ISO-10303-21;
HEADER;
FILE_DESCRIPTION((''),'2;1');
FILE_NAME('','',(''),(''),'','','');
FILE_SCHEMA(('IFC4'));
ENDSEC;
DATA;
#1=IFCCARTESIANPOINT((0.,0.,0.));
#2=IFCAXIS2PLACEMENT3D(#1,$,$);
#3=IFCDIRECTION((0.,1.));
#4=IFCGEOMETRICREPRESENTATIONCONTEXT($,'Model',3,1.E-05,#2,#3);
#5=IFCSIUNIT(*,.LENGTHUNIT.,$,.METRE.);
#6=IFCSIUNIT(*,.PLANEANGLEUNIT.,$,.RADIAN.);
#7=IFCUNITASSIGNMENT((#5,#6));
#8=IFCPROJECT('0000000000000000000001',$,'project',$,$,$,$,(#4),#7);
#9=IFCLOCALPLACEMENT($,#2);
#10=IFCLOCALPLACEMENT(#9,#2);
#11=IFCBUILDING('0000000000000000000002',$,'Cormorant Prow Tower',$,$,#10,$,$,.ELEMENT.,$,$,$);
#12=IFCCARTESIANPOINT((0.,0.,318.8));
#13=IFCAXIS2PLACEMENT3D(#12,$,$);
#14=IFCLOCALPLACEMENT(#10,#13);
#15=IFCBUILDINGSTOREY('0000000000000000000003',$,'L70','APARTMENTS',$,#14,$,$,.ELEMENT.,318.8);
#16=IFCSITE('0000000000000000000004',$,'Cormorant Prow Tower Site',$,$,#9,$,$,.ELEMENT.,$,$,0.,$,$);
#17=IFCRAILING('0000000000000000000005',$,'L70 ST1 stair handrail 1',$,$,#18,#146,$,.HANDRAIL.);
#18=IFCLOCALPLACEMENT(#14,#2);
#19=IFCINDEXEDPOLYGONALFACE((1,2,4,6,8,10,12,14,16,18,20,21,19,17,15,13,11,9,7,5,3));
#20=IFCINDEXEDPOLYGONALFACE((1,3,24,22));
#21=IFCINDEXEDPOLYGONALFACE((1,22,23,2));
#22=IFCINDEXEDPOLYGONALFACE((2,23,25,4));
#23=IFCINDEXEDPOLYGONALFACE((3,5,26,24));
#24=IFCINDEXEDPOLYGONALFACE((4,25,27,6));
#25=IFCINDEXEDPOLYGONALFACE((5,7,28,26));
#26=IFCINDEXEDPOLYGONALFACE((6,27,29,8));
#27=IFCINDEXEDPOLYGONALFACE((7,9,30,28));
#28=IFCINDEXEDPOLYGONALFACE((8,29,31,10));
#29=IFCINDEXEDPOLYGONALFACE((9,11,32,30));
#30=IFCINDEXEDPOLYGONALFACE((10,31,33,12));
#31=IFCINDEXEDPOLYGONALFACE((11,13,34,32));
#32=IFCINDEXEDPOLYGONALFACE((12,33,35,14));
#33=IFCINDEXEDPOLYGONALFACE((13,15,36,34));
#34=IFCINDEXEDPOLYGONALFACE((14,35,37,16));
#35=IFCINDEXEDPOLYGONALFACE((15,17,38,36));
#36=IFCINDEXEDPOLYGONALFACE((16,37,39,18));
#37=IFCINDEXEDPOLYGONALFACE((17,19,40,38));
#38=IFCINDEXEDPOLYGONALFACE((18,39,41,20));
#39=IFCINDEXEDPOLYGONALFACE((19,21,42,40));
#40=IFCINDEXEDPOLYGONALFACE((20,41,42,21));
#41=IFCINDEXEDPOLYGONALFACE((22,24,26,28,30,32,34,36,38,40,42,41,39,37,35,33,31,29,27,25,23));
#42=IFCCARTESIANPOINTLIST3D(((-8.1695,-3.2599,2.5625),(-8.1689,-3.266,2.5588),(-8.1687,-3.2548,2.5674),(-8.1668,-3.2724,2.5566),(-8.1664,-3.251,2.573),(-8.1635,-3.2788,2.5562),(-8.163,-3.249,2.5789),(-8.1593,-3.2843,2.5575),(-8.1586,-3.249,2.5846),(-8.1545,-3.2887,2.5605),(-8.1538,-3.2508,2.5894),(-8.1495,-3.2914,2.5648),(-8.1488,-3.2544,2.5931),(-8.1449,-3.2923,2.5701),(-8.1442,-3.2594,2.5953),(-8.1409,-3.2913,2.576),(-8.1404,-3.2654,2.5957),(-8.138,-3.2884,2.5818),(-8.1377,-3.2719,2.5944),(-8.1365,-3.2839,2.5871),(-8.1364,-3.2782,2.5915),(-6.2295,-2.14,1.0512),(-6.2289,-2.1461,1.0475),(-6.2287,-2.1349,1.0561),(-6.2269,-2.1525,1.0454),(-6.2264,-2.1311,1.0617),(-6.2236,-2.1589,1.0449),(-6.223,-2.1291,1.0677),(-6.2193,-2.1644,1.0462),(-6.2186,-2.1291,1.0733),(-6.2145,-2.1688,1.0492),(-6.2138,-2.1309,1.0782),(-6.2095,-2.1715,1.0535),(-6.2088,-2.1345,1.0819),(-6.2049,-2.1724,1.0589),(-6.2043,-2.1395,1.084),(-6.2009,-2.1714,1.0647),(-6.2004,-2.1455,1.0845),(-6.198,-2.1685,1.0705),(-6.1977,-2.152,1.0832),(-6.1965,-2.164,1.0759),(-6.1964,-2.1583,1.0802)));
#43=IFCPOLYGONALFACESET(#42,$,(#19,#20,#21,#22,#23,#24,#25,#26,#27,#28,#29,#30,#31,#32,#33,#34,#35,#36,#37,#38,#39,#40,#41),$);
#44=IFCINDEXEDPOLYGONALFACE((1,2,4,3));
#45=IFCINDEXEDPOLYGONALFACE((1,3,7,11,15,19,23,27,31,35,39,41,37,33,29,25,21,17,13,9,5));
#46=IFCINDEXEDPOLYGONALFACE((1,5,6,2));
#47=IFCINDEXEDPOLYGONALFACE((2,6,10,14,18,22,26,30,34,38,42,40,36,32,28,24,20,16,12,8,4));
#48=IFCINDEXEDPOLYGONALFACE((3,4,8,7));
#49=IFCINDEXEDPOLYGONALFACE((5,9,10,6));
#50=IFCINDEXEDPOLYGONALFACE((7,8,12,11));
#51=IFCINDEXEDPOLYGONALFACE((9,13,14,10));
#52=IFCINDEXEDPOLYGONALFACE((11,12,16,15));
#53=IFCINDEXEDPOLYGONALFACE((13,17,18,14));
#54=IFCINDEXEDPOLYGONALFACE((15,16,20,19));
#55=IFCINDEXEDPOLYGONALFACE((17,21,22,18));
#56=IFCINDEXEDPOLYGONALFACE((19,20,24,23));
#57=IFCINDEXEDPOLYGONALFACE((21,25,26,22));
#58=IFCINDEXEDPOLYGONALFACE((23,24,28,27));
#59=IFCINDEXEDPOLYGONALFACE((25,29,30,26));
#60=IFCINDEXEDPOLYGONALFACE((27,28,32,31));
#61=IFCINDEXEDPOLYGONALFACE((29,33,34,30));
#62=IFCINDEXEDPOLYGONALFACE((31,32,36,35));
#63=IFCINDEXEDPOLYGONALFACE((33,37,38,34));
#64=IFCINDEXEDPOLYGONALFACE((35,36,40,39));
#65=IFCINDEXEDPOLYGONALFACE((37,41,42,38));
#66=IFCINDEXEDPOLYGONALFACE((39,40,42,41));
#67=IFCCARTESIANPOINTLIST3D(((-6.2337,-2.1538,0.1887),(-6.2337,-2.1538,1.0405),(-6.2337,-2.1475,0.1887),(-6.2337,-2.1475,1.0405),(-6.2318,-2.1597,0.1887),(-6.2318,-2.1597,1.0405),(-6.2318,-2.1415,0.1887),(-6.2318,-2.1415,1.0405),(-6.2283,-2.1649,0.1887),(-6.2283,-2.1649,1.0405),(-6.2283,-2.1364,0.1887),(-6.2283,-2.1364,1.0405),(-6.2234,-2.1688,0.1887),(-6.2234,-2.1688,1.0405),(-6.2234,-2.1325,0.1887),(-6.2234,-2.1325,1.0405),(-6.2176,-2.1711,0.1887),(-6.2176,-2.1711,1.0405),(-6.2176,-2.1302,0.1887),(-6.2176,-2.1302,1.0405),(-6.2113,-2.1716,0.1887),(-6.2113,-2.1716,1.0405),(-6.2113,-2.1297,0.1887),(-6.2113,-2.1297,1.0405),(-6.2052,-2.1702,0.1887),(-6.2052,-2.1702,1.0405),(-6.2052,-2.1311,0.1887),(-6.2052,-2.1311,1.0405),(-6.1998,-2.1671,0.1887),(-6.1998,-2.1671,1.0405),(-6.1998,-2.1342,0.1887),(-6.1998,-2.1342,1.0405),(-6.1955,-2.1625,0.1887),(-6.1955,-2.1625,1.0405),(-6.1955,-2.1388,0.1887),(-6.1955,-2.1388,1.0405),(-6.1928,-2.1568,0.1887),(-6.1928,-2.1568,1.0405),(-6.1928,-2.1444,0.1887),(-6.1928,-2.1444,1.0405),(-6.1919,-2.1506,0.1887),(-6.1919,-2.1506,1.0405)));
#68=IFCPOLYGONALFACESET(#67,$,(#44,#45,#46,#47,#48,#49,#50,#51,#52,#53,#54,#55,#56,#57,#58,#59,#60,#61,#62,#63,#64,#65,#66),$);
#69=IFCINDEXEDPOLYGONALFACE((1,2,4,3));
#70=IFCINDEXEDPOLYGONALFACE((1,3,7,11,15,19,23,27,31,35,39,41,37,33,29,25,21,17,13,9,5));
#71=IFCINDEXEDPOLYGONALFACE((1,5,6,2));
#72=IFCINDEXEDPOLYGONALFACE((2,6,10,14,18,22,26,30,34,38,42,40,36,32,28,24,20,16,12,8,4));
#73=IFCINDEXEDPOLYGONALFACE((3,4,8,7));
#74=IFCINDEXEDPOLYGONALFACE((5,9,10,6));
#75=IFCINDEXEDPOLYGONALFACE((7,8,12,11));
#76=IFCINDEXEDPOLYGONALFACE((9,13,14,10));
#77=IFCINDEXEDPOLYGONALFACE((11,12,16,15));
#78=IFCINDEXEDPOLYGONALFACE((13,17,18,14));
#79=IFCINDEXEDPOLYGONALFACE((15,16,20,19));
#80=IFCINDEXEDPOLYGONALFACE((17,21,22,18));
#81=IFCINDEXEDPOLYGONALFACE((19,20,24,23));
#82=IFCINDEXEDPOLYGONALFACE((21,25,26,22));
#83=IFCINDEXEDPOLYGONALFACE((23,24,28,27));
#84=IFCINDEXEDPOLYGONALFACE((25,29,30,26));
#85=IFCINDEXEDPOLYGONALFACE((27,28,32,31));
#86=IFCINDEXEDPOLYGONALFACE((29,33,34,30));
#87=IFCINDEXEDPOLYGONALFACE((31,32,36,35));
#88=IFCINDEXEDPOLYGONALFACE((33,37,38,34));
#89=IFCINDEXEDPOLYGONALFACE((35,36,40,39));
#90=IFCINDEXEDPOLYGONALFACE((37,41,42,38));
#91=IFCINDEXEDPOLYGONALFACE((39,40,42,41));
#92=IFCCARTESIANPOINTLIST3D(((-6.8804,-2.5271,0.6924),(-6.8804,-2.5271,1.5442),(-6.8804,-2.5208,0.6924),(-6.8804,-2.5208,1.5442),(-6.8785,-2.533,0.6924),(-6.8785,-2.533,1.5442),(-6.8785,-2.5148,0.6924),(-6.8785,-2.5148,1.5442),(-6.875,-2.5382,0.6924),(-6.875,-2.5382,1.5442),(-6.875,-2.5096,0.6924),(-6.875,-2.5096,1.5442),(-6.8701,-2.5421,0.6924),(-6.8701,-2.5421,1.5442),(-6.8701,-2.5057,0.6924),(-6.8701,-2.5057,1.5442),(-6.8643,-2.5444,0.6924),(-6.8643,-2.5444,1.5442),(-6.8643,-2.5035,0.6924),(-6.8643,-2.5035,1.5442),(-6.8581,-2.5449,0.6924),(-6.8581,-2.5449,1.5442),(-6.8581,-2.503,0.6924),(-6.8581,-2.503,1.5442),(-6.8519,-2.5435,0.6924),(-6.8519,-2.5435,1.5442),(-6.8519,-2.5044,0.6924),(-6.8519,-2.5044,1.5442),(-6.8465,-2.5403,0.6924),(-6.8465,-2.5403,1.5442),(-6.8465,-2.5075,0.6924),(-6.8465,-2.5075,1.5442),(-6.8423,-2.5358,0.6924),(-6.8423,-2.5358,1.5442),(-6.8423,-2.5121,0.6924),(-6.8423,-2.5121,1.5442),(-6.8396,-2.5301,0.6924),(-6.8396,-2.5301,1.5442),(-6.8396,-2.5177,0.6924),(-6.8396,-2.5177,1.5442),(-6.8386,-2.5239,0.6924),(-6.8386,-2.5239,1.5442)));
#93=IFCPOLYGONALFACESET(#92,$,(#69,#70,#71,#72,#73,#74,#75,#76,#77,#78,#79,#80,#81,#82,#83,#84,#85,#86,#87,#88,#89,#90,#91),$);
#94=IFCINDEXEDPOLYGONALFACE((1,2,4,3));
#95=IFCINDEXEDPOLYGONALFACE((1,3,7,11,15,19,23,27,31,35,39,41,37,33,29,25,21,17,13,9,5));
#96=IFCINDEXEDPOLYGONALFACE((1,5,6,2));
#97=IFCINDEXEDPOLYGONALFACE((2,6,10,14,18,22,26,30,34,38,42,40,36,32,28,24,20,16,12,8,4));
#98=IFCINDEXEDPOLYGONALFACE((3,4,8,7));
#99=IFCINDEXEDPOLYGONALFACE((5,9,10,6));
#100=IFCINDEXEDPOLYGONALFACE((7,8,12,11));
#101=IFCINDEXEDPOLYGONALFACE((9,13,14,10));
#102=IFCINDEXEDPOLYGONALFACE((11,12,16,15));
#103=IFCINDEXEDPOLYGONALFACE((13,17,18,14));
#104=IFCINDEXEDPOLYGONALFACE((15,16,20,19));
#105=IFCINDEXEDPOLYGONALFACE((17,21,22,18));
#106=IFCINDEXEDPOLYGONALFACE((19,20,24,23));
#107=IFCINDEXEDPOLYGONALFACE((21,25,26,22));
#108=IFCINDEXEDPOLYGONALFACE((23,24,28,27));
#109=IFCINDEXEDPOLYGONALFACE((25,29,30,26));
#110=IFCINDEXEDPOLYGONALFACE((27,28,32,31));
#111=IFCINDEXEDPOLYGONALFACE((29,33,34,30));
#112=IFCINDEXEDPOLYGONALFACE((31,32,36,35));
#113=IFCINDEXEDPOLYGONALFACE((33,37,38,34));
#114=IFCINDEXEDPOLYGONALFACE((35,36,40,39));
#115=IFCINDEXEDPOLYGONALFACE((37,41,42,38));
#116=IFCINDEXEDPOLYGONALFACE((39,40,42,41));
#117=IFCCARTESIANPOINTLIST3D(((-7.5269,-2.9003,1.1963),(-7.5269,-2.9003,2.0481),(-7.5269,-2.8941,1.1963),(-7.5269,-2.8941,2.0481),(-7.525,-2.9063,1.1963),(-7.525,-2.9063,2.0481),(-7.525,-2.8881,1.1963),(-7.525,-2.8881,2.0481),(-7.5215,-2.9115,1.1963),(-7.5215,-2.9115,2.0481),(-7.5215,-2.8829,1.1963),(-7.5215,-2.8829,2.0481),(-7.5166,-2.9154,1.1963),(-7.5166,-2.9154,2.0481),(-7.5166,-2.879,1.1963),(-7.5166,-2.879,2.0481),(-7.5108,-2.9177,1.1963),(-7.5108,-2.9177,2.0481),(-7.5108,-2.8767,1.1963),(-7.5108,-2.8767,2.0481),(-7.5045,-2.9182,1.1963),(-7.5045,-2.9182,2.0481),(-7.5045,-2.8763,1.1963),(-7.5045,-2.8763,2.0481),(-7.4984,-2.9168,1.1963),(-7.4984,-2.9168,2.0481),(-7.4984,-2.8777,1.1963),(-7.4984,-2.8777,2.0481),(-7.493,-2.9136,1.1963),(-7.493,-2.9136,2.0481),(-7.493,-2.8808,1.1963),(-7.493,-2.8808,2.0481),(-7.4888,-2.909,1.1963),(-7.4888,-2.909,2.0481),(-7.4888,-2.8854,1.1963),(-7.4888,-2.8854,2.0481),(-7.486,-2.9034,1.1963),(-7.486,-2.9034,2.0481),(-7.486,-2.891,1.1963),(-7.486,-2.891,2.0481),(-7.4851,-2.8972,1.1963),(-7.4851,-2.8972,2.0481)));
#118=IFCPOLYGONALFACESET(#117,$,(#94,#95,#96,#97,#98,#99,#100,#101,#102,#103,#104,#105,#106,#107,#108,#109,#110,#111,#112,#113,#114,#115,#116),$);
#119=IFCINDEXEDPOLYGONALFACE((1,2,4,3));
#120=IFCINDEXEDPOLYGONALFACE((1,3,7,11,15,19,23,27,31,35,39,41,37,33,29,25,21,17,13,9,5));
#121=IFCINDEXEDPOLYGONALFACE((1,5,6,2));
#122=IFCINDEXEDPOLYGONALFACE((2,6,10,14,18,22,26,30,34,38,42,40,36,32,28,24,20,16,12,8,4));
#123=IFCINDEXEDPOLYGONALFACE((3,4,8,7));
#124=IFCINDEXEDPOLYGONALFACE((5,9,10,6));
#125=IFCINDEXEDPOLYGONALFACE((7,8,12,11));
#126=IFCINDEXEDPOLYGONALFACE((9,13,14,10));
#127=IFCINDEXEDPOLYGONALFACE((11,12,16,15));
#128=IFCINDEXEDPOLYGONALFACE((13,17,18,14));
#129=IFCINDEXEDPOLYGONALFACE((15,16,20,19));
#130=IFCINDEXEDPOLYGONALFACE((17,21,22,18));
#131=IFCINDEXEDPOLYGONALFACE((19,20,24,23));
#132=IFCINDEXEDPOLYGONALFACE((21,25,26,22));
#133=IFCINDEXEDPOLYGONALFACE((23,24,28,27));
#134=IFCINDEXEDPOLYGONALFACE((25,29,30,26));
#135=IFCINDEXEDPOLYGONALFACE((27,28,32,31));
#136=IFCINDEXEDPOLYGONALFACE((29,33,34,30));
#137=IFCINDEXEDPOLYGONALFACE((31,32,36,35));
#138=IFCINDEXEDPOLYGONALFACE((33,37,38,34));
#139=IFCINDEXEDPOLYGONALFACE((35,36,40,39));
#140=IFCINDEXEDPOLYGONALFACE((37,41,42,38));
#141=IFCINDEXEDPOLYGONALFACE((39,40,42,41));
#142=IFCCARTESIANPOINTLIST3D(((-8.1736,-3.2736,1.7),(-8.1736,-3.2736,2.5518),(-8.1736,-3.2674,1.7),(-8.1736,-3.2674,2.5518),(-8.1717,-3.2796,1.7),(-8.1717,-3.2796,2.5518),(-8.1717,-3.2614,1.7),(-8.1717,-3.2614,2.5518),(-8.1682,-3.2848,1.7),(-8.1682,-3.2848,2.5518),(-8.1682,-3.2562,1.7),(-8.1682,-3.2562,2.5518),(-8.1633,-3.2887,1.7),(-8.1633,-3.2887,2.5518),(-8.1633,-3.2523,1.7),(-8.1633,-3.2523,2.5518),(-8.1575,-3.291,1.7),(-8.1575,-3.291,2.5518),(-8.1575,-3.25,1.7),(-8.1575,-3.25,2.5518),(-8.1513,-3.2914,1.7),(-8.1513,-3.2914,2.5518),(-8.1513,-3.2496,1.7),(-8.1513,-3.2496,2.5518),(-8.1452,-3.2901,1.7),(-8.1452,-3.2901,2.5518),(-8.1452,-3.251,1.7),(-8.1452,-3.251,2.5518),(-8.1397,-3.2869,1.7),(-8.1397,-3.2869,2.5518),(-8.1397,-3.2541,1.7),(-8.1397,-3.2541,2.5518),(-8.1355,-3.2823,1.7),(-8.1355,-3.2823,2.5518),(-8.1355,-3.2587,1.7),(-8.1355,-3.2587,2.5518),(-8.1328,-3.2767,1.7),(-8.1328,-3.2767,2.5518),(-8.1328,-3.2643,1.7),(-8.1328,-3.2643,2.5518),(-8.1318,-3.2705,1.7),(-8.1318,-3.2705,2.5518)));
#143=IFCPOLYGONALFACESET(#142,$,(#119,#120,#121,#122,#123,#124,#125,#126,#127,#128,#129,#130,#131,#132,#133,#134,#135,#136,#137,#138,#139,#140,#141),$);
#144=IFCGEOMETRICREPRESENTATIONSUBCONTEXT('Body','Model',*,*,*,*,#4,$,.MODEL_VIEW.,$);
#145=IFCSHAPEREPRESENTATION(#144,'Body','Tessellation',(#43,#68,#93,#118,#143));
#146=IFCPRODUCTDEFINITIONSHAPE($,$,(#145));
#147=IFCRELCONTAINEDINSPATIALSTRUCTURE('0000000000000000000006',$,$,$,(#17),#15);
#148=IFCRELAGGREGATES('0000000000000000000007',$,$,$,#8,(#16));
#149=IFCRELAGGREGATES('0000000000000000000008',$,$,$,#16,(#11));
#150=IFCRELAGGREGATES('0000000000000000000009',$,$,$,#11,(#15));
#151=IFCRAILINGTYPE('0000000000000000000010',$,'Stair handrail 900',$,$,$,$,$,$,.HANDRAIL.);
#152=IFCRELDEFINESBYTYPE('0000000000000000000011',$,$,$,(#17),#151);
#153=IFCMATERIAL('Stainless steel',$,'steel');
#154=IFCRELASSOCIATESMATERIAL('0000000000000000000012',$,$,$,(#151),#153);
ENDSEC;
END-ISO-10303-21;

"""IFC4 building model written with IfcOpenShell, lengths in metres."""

from ifc_helpers import new_model, si_unit, direction, frame, origin, origin_2d, place, context, subcontext, project, spatial, circle, extrude, material, type_object, element, save


model = new_model("IFC4")

# Units and contexts
model_context = context("Model", 3, precision=1e-05, world=origin(), true_north=direction((0.0, 1.0)))
body_context = subcontext(model_context, "Body", "Model", "MODEL_VIEW")
ifc_project = project(units=[si_unit("LENGTHUNIT", "METRE"), si_unit("PLANEANGLEUNIT", "RADIAN")], contexts=[model_context])

# Site, building, storey
site_placement = place(None, origin())
site = spatial("IfcSite", under=ifc_project, at=site_placement, Name="Cormorant Prow Tower Site", CompositionType="ELEMENT", RefElevation=0.0)
building_placement = place(site_placement, origin())
building = spatial("IfcBuilding", under=site, at=building_placement, Name="Cormorant Prow Tower", CompositionType="ELEMENT")
storey_placement = place(building_placement, frame((0.0, 0.0, 318.8)))
storey = spatial("IfcBuildingStorey", under=building, at=storey_placement, Name="L70", Description="APARTMENTS", CompositionType="ELEMENT", Elevation=318.8)

# Railing
ifc_material_1 = material(Name="Stainless steel", Category="steel")
railing_type_1 = type_object("IfcRailingType", Name="Stair handrail 900", PredefinedType="HANDRAIL", material=ifc_material_1)
railing_1_placement = place(storey_placement, frame((-6.2129, -2.1506, 0.1887)))
element("IfcRailing", 1, at=railing_1_placement, inside=storey, type_object=railing_type_1, Name="L70 ST1 stair handrail 1", PredefinedType="HANDRAIL", context=body_context, shape_type="SweptSolid", body=[
    extrude(circle(Radius=0.0239, at=origin_2d()), frame((0.0, 0.0, 0.876), z_axis=(-0.71794, -0.414447, 0.559281), x_axis=(0.499949, -0.866055, 0.0)), (0.0, 0.0, 1.0), 2.7021),
    extrude(circle(Radius=0.021, at=origin_2d()), origin(), (0.0, 0.0, 1.0), 0.8518),
    extrude(circle(Radius=0.021, at=origin_2d()), frame((-0.6467, -0.3733, 0.5037)), (0.0, 0.0, 1.0), 0.8518),
    extrude(circle(Radius=0.021, at=origin_2d()), frame((-1.2932, -0.7466, 1.0076)), (0.0, 0.0, 1.0), 0.8518),
    extrude(circle(Radius=0.021, at=origin_2d()), frame((-1.9399, -1.1199, 1.5112)), (0.0, 0.0, 1.0), 0.8518),
])

save(model, "model.ifc")
